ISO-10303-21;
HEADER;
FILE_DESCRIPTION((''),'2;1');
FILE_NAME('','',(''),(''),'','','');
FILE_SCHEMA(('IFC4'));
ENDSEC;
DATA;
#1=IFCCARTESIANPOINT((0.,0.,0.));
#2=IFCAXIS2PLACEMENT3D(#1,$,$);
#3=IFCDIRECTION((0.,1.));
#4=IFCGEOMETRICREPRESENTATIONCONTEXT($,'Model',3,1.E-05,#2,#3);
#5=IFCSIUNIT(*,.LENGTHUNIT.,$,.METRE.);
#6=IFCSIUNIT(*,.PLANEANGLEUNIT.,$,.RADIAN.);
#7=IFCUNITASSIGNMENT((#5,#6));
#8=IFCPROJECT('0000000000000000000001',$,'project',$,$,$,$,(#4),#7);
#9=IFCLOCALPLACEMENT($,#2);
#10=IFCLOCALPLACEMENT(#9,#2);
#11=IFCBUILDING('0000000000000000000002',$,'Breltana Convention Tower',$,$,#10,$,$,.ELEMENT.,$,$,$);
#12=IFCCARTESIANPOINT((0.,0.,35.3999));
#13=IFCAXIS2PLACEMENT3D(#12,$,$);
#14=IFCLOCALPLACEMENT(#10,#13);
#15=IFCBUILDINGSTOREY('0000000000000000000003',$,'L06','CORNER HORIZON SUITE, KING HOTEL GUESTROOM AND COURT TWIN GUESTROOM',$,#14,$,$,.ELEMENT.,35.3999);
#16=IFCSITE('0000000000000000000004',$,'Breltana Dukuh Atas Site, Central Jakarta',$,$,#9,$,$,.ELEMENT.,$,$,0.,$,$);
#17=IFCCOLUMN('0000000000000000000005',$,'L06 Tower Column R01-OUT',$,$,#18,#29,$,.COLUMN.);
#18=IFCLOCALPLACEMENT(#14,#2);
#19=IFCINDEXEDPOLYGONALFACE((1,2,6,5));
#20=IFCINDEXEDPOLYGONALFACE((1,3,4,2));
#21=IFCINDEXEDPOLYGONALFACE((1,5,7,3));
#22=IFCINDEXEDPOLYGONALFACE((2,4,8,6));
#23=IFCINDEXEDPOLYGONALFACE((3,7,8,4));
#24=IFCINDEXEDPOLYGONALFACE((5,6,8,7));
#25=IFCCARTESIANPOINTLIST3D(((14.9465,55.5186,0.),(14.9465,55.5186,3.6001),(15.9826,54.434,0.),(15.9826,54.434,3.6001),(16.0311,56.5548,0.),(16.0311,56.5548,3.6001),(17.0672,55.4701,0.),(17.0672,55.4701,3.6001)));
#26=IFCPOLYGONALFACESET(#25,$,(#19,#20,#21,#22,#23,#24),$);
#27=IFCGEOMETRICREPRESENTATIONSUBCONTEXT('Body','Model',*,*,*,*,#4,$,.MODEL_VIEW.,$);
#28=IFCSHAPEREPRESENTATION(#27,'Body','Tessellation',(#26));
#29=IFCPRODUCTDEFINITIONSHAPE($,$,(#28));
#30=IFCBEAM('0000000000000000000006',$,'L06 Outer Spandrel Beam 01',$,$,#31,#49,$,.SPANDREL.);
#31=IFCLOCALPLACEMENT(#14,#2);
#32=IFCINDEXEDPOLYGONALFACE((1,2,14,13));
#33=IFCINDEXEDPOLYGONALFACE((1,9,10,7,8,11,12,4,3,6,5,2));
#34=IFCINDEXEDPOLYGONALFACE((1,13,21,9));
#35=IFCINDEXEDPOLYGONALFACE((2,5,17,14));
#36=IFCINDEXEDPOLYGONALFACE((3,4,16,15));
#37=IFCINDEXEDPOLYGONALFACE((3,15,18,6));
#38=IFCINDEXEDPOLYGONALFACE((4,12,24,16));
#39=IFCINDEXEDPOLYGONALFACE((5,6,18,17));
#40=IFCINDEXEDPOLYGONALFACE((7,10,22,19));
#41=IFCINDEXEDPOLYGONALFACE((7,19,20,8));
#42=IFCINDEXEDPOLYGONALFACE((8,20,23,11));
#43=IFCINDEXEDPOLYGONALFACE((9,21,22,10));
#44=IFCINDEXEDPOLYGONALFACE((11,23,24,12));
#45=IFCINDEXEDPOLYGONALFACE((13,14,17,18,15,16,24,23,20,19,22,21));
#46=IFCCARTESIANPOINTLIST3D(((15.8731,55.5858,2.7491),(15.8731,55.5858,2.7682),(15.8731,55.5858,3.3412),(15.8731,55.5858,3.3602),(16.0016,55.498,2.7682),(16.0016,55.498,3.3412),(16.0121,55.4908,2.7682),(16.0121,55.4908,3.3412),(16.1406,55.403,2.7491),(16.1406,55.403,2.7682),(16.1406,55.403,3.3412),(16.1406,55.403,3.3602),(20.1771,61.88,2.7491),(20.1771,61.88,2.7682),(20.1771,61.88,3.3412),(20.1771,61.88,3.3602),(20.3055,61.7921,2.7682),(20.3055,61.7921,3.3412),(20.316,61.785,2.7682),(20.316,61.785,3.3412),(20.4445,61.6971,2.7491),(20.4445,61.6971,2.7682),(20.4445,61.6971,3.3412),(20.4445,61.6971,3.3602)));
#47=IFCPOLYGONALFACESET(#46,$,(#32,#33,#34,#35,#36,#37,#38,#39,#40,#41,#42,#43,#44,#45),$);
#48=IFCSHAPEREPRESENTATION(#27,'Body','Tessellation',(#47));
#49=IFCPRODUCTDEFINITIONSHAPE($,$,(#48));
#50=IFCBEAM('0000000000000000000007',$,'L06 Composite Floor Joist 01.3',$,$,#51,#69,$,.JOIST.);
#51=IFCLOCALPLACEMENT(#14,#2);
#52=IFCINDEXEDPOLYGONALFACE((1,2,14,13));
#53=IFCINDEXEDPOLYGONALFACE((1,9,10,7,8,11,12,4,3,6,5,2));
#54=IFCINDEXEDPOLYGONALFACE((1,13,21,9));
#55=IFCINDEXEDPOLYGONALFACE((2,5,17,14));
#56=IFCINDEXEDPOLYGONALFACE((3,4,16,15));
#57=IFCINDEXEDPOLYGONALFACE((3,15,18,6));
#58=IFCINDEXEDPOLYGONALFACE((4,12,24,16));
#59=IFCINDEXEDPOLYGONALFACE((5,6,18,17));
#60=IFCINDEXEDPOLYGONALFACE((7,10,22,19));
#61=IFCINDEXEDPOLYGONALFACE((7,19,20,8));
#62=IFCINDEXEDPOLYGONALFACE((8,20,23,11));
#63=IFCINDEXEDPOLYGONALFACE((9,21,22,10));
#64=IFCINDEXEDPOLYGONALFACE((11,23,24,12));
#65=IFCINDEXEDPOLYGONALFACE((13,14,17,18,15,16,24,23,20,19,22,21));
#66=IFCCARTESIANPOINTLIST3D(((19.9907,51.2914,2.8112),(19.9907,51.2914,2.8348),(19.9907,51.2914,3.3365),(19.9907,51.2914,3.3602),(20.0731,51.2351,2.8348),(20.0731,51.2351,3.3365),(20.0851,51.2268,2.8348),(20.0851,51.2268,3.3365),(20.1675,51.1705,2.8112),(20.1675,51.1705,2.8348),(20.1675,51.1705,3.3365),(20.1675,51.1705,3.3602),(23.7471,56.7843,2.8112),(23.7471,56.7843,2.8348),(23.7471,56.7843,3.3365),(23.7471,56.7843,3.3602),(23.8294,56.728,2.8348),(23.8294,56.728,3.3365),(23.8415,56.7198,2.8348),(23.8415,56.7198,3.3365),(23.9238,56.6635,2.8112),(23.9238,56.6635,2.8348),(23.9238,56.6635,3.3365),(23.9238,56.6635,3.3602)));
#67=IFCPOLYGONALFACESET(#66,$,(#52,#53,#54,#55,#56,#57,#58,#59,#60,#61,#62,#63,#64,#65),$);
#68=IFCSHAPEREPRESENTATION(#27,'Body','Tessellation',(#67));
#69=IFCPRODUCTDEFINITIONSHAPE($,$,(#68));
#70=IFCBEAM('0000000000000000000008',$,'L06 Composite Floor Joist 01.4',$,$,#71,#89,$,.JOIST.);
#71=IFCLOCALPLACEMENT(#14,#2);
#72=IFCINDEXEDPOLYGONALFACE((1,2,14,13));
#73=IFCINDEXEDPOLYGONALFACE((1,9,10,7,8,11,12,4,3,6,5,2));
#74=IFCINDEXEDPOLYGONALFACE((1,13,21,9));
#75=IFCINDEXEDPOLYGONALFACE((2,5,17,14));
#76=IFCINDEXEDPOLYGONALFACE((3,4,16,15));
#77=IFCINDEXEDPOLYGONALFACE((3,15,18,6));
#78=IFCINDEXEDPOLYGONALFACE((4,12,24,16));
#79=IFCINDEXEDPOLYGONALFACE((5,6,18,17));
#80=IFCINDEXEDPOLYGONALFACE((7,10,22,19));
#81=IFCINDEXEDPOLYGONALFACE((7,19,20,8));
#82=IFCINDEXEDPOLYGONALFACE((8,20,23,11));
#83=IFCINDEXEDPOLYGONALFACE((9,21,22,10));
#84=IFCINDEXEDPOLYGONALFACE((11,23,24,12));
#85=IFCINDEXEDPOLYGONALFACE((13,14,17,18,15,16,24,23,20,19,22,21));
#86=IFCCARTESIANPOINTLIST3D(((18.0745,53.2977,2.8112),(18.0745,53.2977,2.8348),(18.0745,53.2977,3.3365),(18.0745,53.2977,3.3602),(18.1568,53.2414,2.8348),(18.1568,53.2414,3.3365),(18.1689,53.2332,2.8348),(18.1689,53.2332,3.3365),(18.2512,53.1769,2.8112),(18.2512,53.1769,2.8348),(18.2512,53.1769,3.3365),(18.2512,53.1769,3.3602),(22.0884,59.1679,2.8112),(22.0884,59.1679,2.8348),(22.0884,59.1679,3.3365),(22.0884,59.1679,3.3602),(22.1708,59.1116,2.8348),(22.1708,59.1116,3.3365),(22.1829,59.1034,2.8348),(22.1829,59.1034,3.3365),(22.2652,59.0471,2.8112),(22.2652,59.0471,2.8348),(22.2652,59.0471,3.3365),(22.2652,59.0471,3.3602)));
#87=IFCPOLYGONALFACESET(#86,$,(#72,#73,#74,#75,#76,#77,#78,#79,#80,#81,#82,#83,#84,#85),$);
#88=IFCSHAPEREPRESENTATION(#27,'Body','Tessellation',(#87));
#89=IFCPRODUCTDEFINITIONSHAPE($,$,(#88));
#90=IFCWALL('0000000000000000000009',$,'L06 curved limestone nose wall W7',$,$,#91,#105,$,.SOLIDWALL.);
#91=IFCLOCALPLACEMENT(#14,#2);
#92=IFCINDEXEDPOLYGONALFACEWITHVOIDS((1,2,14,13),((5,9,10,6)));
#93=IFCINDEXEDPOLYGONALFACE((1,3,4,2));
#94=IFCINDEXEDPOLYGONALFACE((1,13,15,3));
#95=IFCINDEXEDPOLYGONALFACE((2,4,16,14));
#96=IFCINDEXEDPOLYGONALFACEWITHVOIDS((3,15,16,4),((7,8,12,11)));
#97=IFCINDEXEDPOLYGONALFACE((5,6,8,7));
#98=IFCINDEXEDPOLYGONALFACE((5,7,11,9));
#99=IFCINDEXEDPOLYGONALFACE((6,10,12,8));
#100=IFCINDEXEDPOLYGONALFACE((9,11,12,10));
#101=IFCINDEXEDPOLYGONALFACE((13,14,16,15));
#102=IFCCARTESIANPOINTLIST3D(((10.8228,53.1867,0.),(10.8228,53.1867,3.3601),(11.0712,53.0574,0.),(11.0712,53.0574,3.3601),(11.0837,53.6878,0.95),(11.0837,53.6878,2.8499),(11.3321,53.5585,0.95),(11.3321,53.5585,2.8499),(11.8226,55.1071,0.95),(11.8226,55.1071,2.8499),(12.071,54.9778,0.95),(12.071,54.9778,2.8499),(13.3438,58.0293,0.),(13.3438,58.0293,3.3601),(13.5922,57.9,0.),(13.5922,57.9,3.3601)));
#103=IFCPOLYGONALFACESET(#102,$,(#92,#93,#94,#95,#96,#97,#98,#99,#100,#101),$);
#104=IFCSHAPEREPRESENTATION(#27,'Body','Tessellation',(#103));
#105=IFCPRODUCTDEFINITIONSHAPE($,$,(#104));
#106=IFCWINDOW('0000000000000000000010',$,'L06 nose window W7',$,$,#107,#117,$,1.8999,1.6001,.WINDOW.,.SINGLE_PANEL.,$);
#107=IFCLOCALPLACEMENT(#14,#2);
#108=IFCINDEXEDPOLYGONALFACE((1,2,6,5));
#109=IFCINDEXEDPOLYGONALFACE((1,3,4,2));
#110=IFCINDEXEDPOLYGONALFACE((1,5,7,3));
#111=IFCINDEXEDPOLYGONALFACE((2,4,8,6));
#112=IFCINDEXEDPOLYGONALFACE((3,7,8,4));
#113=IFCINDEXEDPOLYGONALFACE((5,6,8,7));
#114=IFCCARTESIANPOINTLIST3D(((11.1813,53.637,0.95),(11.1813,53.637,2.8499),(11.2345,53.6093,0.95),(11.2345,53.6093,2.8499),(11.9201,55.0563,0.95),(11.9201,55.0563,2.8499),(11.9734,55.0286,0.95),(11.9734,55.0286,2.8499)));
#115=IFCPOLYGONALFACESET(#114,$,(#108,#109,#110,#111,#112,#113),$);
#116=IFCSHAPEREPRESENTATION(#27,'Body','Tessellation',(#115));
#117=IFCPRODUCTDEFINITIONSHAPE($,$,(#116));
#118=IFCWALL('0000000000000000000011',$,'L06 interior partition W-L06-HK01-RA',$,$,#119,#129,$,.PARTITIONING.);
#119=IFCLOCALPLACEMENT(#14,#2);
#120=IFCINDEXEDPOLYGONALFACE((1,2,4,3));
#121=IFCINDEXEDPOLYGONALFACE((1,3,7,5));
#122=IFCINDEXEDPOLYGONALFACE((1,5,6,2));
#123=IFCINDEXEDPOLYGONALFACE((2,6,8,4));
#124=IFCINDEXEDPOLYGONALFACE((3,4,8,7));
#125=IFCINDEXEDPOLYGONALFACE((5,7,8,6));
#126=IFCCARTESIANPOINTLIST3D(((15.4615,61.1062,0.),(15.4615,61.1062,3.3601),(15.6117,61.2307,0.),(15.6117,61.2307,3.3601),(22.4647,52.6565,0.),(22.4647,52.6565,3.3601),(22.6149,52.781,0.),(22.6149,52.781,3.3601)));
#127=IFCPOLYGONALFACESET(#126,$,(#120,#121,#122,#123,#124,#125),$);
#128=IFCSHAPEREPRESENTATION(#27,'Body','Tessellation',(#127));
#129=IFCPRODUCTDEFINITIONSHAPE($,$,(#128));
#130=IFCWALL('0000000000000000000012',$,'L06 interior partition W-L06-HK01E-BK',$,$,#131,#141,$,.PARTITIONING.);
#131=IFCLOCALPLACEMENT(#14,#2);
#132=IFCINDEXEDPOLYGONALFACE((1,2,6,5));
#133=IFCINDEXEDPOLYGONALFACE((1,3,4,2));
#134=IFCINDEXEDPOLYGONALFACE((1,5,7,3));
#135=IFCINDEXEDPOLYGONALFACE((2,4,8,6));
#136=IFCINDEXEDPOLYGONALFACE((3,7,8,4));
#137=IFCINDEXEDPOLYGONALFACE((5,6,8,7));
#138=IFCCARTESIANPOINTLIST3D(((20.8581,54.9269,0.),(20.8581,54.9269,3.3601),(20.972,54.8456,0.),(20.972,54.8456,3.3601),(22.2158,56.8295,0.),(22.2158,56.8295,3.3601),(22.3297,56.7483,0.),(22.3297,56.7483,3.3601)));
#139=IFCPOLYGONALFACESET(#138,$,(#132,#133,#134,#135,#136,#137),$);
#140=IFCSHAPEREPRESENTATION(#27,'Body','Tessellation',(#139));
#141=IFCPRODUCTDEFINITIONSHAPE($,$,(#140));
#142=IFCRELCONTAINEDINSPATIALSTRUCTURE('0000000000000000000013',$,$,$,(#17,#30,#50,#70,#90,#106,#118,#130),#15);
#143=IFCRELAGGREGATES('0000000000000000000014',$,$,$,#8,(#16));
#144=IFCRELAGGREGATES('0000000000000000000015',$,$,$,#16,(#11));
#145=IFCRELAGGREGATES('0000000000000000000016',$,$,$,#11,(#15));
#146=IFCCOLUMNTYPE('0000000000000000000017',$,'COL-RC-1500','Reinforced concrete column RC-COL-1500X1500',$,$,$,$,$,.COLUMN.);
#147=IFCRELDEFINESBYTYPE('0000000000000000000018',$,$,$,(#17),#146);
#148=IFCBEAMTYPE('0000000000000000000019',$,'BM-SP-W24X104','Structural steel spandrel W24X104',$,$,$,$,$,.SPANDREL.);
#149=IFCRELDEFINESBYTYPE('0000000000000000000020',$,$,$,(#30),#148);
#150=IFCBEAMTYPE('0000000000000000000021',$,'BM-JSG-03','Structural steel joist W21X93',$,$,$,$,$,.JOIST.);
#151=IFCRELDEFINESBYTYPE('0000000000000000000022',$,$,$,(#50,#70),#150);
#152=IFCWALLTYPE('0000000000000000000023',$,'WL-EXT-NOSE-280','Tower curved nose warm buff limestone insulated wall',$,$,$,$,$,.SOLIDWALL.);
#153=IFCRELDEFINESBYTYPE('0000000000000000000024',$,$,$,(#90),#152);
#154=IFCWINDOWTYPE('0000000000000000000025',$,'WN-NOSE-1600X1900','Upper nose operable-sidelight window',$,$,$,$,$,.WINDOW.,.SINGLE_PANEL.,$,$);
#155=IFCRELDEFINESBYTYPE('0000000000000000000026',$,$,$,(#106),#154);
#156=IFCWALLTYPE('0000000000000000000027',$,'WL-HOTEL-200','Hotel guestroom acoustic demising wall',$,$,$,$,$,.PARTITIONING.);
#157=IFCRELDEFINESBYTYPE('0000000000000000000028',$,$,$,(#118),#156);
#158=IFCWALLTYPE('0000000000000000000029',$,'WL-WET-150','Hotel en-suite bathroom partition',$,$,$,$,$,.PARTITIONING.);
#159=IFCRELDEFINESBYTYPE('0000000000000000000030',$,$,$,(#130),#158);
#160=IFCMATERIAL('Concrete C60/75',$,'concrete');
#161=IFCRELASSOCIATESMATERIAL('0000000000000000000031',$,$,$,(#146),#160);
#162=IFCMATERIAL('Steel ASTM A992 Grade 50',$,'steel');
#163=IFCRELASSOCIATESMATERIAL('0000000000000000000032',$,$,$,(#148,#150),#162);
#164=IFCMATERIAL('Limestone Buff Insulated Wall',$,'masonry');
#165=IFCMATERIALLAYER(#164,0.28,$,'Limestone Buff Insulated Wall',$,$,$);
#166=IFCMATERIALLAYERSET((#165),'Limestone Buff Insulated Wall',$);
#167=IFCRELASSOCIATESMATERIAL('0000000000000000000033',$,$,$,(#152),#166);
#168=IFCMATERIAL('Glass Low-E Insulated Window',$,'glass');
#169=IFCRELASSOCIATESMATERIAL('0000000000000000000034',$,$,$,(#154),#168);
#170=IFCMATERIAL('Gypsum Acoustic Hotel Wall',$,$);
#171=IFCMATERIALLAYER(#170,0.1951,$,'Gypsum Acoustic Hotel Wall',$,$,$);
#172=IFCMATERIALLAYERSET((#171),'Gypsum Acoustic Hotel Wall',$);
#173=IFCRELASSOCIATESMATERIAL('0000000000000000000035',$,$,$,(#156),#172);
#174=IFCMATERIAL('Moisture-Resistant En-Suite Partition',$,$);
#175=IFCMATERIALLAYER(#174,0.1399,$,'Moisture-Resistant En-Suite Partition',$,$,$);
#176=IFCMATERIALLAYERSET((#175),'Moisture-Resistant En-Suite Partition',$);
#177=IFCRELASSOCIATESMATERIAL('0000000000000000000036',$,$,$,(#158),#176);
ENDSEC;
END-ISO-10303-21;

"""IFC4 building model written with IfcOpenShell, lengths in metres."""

from ifc_helpers import new_model, si_unit, direction, frame, frame_2d, origin, origin_2d, place, context, subcontext, project, spatial, rectangle, i_section, extrude, source, transform, mapped, material, layer, layer_set, material_profile, profile_set, type_object, type_shapes, element, fill, save


model = new_model("IFC4")

# Units and contexts
model_context = context("Model", 3, precision=1e-05, world=origin(), true_north=direction((0.0, 1.0)))
body_context = subcontext(model_context, "Body", "Model", "MODEL_VIEW")
ifc_project = project(units=[si_unit("LENGTHUNIT", "METRE"), si_unit("PLANEANGLEUNIT", "RADIAN")], contexts=[model_context])

# Site, building, storey
site_placement = place(None, origin())
site = spatial("IfcSite", under=ifc_project, at=site_placement, Name="Breltana Dukuh Atas Site, Central Jakarta", CompositionType="ELEMENT", RefElevation=0.0)
building_placement = place(site_placement, origin())
building = spatial("IfcBuilding", under=site, at=building_placement, Name="Breltana Convention Tower", CompositionType="ELEMENT")
storey_placement = place(building_placement, frame((0.0, 0.0, 35.3999)))
storey = spatial("IfcBuildingStorey", under=building, at=storey_placement, Name="L06", Description="CORNER HORIZON SUITE, KING HOTEL GUESTROOM AND COURT TWIN GUESTROOM", CompositionType="ELEMENT", Elevation=35.3999)

# Column
ifc_material_1 = material(Name="Concrete C60/75", Category="concrete")
ifc_material_profile_1 = material_profile(ifc_material_1, rectangle(XDim=1.5, YDim=1.5, at=origin_2d()), Name="RC-COL-1500X1500")
ifc_profile_set_1 = profile_set([ifc_material_profile_1], Name="Concrete C60/75")
column_type = type_object("IfcColumnType", Name="COL-RC-1500", Description="Reinforced concrete column RC-COL-1500X1500", PredefinedType="COLUMN", material=ifc_profile_set_1)
shared_shape_1 = source(origin(), body_context, "Body", "SweptSolid", [
    extrude(rectangle(XDim=1.5, YDim=1.5, at=origin_2d()), origin(), (0.0, 0.0, 1.0), 3.6001),
])
column_placement = place(storey_placement, frame((16.0068, 55.4944, 0.0), z_axis=(0.0, 0.0, 1.0), x_axis=(-0.690756, 0.723088, 0.0)))
element("IfcColumn", 1, at=column_placement, inside=storey, type_object=column_type, Name="L06 Tower Column R01-OUT", PredefinedType="COLUMN", context=body_context, shape_type="MappedRepresentation", body=[
    mapped(shared_shape_1, transform((0.0, 0.0, 0.0), scale=1.0)),
])

# Beams
ifc_material_2 = material(Name="Steel ASTM A992 Grade 50", Category="steel")
ifc_material_profile_2 = material_profile(ifc_material_2, i_section(OverallWidth=0.324, OverallDepth=0.6111, WebThickness=0.0127, FlangeThickness=0.019, at=origin_2d()), Name="W24X104")
ifc_profile_set_2 = profile_set([ifc_material_profile_2], Name="Steel ASTM A992 Grade 50")
beam_type_1 = type_object("IfcBeamType", Name="BM-SP-W24X104", Description="Structural steel spandrel W24X104", PredefinedType="SPANDREL", material=ifc_profile_set_2)
shared_shape_2 = source(origin(), body_context, "Body", "SweptSolid", [
    extrude(i_section(OverallWidth=0.324, OverallDepth=0.6111, WebThickness=0.0127, FlangeThickness=0.019, at=origin_2d()), origin(), (0.0, 0.0, 1.0), 7.625),
])
type_shapes(beam_type_1, [shared_shape_2])
beam_1_placement = place(storey_placement, frame((16.0068, 55.4944, 3.0547), z_axis=(0.564452, 0.825466, 0.0), x_axis=(-0.825466, 0.564452, 0.0)))
element("IfcBeam", 2, at=beam_1_placement, inside=storey, type_object=beam_type_1, Name="L06 Outer Spandrel Beam 01", PredefinedType="SPANDREL", context=body_context, shape_type="MappedRepresentation", body=[
    mapped(shared_shape_2, transform((0.0, 0.0, 0.0), scale=1.0)),
])
ifc_material_profile_3 = material_profile(ifc_material_2, i_section(OverallWidth=0.2141, OverallDepth=0.5491, WebThickness=0.0146, FlangeThickness=0.0237, at=origin_2d()), Name="W21X93")
ifc_profile_set_3 = profile_set([ifc_material_profile_3], Name="Steel ASTM A992 Grade 50")
beam_type_2 = type_object("IfcBeamType", Name="BM-JSG-03", Description="Structural steel joist W21X93", PredefinedType="JOIST", material=ifc_profile_set_3)
shared_shape_3 = source(origin(), body_context, "Body", "SweptSolid", [
    extrude(i_section(OverallWidth=0.2141, OverallDepth=0.5491, WebThickness=0.0146, FlangeThickness=0.0237, at=origin_2d()), origin(), (0.0, 0.0, 1.0), 6.6545),
])
beam_2_placement = place(storey_placement, frame((20.0791, 51.231, 3.0857), z_axis=(0.564483, 0.825445, 0.0), x_axis=(-0.825445, 0.564483, 0.0)))
element("IfcBeam", 3, at=beam_2_placement, inside=storey, type_object=beam_type_2, Name="L06 Composite Floor Joist 01.3", PredefinedType="JOIST", context=body_context, shape_type="MappedRepresentation", body=[
    mapped(shared_shape_3, transform((0.0, 0.0, 0.0), scale=1.0)),
])
shared_shape_4 = source(origin(), body_context, "Body", "SweptSolid", [
    extrude(i_section(OverallWidth=0.2141, OverallDepth=0.5491, WebThickness=0.0146, FlangeThickness=0.0237, at=origin_2d()), origin(), (0.0, 0.0, 1.0), 7.1113),
])
beam_3_placement = place(storey_placement, frame((18.1628, 53.2373, 3.0857), z_axis=(0.564446, 0.82547, 0.0), x_axis=(-0.82547, 0.564446, 0.0)))
element("IfcBeam", 4, at=beam_3_placement, inside=storey, type_object=beam_type_2, Name="L06 Composite Floor Joist 01.4", PredefinedType="JOIST", context=body_context, shape_type="MappedRepresentation", body=[
    mapped(shared_shape_4, transform((0.0, 0.0, 0.0), scale=1.0)),
])

# Wall, opening, window
ifc_material_3 = material(Name="Limestone Buff Insulated Wall", Category="masonry")
ifc_layer_1 = layer(ifc_material_3, 0.28, Name="Limestone Buff Insulated Wall")
ifc_layer_set_1 = layer_set([ifc_layer_1], Name="Limestone Buff Insulated Wall")
wall_type_1 = type_object("IfcWallType", Name="WL-EXT-NOSE-280", Description="Tower curved nose warm buff limestone insulated wall", PredefinedType="SOLIDWALL", material=ifc_layer_set_1)
shared_shape_5 = source(origin(), body_context, "Body", "SweptSolid", [
    extrude(rectangle(XDim=5.4595, YDim=0.28, at=frame_2d((2.7297, 0.0))), origin(), (0.0, 0.0, 1.0), 3.3601),
])
wall_1_placement = place(storey_placement, frame((10.947, 53.1221, 0.0), z_axis=(0.0, 0.0, 1.0), x_axis=(0.461768, 0.887001, 0.0)))
wall_1 = element("IfcWall", 5, at=wall_1_placement, inside=storey, type_object=wall_type_1, Name="L06 curved limestone nose wall W7", PredefinedType="SOLIDWALL", context=body_context, shape_type="MappedRepresentation", body=[
    mapped(shared_shape_5, transform((0.0, 0.0, 0.0), scale=1.0)),
])
opening_1_placement = place(wall_1_placement, frame((0.5649, 0.0, 0.95)))
opening_1 = element("IfcOpeningElement", 6, at=opening_1_placement, cuts=wall_1, PredefinedType="OPENING", context=body_context, shape_type="SweptSolid", body=[
    extrude(rectangle(XDim=1.6001, YDim=1.8999, at=frame_2d((0.8, 0.95))), frame((0.0, 0.1499, 0.0), z_axis=(0.0, -1.0, 0.0), x_axis=(1.0, 0.0, 0.0)), (0.0, 0.0, 1.0), 0.3),
])
ifc_material_4 = material(Name="Glass Low-E Insulated Window", Category="glass")
window_type = type_object("IfcWindowType", Name="WN-NOSE-1600X1900", Description="Upper nose operable-sidelight window", PartitioningType="SINGLE_PANEL", PredefinedType="WINDOW", material=ifc_material_4)
shared_shape_6 = source(origin(), body_context, "Body", "SweptSolid", [
    extrude(rectangle(XDim=1.6001, YDim=1.8999, at=frame_2d((0.8, 0.95))), frame((0.0, 0.03, 0.0), z_axis=(0.0, -1.0, 0.0), x_axis=(1.0, 0.0, 0.0)), (0.0, 0.0, 1.0), 0.0601),
])
type_shapes(window_type, [shared_shape_6])
window_placement = place(opening_1_placement, origin())
window = element("IfcWindow", 7, at=window_placement, inside=storey, type_object=window_type, Name="L06 nose window W7", OverallHeight=1.8999, OverallWidth=1.6001, PartitioningType="SINGLE_PANEL", PredefinedType="WINDOW", context=body_context, shape_type="MappedRepresentation", body=[
    mapped(shared_shape_6, transform((0.0, 0.0, 0.0), scale=1.0)),
])
fill(opening_1, window)

# Shared definitions
ifc_material_5 = material(Name="Gypsum Acoustic Hotel Wall")
ifc_layer_2 = layer(ifc_material_5, 0.1951, Name="Gypsum Acoustic Hotel Wall")
ifc_layer_set_2 = layer_set([ifc_layer_2], Name="Gypsum Acoustic Hotel Wall")
wall_type_2 = type_object("IfcWallType", Name="WL-HOTEL-200", Description="Hotel guestroom acoustic demising wall", PredefinedType="PARTITIONING", material=ifc_layer_set_2)

# Walls
shared_shape_7 = source(origin(), body_context, "Body", "SweptSolid", [
    extrude(rectangle(XDim=10.9746, YDim=0.1951, at=frame_2d((5.4873, 0.0))), origin(), (0.0, 0.0, 1.0), 3.3601),
])
wall_2_placement = place(storey_placement, frame((22.5398, 52.7188, 0.0), z_axis=(0.0, 0.0, 1.0), x_axis=(-0.638125, 0.769933, 0.0)))
element("IfcWall", 8, at=wall_2_placement, inside=storey, type_object=wall_type_2, Name="L06 interior partition W-L06-HK01-RA", PredefinedType="PARTITIONING", context=body_context, shape_type="MappedRepresentation", body=[
    mapped(shared_shape_7, transform((0.0, 0.0, 0.0), scale=1.0)),
])
ifc_material_6 = material(Name="Moisture-Resistant En-Suite Partition")
ifc_layer_3 = layer(ifc_material_6, 0.1399, Name="Moisture-Resistant En-Suite Partition")
ifc_layer_set_3 = layer_set([ifc_layer_3], Name="Moisture-Resistant En-Suite Partition")
wall_type_3 = type_object("IfcWallType", Name="WL-WET-150", Description="Hotel en-suite bathroom partition", PredefinedType="PARTITIONING", material=ifc_layer_set_3)
shared_shape_8 = source(origin(), body_context, "Body", "SweptSolid", [
    extrude(rectangle(XDim=2.3374, YDim=0.1399, at=frame_2d((1.1687, 0.0))), origin(), (0.0, 0.0, 1.0), 3.3601),
])
wall_3_placement = place(storey_placement, frame((20.915, 54.8862, 0.0), z_axis=(0.0, 0.0, 1.0), x_axis=(0.580863, 0.814002, 0.0)))
element("IfcWall", 9, at=wall_3_placement, inside=storey, type_object=wall_type_3, Name="L06 interior partition W-L06-HK01E-BK", PredefinedType="PARTITIONING", context=body_context, shape_type="MappedRepresentation", body=[
    mapped(shared_shape_8, transform((0.0, 0.0, 0.0), scale=1.0)),
])

save(model, "model.ifc")
